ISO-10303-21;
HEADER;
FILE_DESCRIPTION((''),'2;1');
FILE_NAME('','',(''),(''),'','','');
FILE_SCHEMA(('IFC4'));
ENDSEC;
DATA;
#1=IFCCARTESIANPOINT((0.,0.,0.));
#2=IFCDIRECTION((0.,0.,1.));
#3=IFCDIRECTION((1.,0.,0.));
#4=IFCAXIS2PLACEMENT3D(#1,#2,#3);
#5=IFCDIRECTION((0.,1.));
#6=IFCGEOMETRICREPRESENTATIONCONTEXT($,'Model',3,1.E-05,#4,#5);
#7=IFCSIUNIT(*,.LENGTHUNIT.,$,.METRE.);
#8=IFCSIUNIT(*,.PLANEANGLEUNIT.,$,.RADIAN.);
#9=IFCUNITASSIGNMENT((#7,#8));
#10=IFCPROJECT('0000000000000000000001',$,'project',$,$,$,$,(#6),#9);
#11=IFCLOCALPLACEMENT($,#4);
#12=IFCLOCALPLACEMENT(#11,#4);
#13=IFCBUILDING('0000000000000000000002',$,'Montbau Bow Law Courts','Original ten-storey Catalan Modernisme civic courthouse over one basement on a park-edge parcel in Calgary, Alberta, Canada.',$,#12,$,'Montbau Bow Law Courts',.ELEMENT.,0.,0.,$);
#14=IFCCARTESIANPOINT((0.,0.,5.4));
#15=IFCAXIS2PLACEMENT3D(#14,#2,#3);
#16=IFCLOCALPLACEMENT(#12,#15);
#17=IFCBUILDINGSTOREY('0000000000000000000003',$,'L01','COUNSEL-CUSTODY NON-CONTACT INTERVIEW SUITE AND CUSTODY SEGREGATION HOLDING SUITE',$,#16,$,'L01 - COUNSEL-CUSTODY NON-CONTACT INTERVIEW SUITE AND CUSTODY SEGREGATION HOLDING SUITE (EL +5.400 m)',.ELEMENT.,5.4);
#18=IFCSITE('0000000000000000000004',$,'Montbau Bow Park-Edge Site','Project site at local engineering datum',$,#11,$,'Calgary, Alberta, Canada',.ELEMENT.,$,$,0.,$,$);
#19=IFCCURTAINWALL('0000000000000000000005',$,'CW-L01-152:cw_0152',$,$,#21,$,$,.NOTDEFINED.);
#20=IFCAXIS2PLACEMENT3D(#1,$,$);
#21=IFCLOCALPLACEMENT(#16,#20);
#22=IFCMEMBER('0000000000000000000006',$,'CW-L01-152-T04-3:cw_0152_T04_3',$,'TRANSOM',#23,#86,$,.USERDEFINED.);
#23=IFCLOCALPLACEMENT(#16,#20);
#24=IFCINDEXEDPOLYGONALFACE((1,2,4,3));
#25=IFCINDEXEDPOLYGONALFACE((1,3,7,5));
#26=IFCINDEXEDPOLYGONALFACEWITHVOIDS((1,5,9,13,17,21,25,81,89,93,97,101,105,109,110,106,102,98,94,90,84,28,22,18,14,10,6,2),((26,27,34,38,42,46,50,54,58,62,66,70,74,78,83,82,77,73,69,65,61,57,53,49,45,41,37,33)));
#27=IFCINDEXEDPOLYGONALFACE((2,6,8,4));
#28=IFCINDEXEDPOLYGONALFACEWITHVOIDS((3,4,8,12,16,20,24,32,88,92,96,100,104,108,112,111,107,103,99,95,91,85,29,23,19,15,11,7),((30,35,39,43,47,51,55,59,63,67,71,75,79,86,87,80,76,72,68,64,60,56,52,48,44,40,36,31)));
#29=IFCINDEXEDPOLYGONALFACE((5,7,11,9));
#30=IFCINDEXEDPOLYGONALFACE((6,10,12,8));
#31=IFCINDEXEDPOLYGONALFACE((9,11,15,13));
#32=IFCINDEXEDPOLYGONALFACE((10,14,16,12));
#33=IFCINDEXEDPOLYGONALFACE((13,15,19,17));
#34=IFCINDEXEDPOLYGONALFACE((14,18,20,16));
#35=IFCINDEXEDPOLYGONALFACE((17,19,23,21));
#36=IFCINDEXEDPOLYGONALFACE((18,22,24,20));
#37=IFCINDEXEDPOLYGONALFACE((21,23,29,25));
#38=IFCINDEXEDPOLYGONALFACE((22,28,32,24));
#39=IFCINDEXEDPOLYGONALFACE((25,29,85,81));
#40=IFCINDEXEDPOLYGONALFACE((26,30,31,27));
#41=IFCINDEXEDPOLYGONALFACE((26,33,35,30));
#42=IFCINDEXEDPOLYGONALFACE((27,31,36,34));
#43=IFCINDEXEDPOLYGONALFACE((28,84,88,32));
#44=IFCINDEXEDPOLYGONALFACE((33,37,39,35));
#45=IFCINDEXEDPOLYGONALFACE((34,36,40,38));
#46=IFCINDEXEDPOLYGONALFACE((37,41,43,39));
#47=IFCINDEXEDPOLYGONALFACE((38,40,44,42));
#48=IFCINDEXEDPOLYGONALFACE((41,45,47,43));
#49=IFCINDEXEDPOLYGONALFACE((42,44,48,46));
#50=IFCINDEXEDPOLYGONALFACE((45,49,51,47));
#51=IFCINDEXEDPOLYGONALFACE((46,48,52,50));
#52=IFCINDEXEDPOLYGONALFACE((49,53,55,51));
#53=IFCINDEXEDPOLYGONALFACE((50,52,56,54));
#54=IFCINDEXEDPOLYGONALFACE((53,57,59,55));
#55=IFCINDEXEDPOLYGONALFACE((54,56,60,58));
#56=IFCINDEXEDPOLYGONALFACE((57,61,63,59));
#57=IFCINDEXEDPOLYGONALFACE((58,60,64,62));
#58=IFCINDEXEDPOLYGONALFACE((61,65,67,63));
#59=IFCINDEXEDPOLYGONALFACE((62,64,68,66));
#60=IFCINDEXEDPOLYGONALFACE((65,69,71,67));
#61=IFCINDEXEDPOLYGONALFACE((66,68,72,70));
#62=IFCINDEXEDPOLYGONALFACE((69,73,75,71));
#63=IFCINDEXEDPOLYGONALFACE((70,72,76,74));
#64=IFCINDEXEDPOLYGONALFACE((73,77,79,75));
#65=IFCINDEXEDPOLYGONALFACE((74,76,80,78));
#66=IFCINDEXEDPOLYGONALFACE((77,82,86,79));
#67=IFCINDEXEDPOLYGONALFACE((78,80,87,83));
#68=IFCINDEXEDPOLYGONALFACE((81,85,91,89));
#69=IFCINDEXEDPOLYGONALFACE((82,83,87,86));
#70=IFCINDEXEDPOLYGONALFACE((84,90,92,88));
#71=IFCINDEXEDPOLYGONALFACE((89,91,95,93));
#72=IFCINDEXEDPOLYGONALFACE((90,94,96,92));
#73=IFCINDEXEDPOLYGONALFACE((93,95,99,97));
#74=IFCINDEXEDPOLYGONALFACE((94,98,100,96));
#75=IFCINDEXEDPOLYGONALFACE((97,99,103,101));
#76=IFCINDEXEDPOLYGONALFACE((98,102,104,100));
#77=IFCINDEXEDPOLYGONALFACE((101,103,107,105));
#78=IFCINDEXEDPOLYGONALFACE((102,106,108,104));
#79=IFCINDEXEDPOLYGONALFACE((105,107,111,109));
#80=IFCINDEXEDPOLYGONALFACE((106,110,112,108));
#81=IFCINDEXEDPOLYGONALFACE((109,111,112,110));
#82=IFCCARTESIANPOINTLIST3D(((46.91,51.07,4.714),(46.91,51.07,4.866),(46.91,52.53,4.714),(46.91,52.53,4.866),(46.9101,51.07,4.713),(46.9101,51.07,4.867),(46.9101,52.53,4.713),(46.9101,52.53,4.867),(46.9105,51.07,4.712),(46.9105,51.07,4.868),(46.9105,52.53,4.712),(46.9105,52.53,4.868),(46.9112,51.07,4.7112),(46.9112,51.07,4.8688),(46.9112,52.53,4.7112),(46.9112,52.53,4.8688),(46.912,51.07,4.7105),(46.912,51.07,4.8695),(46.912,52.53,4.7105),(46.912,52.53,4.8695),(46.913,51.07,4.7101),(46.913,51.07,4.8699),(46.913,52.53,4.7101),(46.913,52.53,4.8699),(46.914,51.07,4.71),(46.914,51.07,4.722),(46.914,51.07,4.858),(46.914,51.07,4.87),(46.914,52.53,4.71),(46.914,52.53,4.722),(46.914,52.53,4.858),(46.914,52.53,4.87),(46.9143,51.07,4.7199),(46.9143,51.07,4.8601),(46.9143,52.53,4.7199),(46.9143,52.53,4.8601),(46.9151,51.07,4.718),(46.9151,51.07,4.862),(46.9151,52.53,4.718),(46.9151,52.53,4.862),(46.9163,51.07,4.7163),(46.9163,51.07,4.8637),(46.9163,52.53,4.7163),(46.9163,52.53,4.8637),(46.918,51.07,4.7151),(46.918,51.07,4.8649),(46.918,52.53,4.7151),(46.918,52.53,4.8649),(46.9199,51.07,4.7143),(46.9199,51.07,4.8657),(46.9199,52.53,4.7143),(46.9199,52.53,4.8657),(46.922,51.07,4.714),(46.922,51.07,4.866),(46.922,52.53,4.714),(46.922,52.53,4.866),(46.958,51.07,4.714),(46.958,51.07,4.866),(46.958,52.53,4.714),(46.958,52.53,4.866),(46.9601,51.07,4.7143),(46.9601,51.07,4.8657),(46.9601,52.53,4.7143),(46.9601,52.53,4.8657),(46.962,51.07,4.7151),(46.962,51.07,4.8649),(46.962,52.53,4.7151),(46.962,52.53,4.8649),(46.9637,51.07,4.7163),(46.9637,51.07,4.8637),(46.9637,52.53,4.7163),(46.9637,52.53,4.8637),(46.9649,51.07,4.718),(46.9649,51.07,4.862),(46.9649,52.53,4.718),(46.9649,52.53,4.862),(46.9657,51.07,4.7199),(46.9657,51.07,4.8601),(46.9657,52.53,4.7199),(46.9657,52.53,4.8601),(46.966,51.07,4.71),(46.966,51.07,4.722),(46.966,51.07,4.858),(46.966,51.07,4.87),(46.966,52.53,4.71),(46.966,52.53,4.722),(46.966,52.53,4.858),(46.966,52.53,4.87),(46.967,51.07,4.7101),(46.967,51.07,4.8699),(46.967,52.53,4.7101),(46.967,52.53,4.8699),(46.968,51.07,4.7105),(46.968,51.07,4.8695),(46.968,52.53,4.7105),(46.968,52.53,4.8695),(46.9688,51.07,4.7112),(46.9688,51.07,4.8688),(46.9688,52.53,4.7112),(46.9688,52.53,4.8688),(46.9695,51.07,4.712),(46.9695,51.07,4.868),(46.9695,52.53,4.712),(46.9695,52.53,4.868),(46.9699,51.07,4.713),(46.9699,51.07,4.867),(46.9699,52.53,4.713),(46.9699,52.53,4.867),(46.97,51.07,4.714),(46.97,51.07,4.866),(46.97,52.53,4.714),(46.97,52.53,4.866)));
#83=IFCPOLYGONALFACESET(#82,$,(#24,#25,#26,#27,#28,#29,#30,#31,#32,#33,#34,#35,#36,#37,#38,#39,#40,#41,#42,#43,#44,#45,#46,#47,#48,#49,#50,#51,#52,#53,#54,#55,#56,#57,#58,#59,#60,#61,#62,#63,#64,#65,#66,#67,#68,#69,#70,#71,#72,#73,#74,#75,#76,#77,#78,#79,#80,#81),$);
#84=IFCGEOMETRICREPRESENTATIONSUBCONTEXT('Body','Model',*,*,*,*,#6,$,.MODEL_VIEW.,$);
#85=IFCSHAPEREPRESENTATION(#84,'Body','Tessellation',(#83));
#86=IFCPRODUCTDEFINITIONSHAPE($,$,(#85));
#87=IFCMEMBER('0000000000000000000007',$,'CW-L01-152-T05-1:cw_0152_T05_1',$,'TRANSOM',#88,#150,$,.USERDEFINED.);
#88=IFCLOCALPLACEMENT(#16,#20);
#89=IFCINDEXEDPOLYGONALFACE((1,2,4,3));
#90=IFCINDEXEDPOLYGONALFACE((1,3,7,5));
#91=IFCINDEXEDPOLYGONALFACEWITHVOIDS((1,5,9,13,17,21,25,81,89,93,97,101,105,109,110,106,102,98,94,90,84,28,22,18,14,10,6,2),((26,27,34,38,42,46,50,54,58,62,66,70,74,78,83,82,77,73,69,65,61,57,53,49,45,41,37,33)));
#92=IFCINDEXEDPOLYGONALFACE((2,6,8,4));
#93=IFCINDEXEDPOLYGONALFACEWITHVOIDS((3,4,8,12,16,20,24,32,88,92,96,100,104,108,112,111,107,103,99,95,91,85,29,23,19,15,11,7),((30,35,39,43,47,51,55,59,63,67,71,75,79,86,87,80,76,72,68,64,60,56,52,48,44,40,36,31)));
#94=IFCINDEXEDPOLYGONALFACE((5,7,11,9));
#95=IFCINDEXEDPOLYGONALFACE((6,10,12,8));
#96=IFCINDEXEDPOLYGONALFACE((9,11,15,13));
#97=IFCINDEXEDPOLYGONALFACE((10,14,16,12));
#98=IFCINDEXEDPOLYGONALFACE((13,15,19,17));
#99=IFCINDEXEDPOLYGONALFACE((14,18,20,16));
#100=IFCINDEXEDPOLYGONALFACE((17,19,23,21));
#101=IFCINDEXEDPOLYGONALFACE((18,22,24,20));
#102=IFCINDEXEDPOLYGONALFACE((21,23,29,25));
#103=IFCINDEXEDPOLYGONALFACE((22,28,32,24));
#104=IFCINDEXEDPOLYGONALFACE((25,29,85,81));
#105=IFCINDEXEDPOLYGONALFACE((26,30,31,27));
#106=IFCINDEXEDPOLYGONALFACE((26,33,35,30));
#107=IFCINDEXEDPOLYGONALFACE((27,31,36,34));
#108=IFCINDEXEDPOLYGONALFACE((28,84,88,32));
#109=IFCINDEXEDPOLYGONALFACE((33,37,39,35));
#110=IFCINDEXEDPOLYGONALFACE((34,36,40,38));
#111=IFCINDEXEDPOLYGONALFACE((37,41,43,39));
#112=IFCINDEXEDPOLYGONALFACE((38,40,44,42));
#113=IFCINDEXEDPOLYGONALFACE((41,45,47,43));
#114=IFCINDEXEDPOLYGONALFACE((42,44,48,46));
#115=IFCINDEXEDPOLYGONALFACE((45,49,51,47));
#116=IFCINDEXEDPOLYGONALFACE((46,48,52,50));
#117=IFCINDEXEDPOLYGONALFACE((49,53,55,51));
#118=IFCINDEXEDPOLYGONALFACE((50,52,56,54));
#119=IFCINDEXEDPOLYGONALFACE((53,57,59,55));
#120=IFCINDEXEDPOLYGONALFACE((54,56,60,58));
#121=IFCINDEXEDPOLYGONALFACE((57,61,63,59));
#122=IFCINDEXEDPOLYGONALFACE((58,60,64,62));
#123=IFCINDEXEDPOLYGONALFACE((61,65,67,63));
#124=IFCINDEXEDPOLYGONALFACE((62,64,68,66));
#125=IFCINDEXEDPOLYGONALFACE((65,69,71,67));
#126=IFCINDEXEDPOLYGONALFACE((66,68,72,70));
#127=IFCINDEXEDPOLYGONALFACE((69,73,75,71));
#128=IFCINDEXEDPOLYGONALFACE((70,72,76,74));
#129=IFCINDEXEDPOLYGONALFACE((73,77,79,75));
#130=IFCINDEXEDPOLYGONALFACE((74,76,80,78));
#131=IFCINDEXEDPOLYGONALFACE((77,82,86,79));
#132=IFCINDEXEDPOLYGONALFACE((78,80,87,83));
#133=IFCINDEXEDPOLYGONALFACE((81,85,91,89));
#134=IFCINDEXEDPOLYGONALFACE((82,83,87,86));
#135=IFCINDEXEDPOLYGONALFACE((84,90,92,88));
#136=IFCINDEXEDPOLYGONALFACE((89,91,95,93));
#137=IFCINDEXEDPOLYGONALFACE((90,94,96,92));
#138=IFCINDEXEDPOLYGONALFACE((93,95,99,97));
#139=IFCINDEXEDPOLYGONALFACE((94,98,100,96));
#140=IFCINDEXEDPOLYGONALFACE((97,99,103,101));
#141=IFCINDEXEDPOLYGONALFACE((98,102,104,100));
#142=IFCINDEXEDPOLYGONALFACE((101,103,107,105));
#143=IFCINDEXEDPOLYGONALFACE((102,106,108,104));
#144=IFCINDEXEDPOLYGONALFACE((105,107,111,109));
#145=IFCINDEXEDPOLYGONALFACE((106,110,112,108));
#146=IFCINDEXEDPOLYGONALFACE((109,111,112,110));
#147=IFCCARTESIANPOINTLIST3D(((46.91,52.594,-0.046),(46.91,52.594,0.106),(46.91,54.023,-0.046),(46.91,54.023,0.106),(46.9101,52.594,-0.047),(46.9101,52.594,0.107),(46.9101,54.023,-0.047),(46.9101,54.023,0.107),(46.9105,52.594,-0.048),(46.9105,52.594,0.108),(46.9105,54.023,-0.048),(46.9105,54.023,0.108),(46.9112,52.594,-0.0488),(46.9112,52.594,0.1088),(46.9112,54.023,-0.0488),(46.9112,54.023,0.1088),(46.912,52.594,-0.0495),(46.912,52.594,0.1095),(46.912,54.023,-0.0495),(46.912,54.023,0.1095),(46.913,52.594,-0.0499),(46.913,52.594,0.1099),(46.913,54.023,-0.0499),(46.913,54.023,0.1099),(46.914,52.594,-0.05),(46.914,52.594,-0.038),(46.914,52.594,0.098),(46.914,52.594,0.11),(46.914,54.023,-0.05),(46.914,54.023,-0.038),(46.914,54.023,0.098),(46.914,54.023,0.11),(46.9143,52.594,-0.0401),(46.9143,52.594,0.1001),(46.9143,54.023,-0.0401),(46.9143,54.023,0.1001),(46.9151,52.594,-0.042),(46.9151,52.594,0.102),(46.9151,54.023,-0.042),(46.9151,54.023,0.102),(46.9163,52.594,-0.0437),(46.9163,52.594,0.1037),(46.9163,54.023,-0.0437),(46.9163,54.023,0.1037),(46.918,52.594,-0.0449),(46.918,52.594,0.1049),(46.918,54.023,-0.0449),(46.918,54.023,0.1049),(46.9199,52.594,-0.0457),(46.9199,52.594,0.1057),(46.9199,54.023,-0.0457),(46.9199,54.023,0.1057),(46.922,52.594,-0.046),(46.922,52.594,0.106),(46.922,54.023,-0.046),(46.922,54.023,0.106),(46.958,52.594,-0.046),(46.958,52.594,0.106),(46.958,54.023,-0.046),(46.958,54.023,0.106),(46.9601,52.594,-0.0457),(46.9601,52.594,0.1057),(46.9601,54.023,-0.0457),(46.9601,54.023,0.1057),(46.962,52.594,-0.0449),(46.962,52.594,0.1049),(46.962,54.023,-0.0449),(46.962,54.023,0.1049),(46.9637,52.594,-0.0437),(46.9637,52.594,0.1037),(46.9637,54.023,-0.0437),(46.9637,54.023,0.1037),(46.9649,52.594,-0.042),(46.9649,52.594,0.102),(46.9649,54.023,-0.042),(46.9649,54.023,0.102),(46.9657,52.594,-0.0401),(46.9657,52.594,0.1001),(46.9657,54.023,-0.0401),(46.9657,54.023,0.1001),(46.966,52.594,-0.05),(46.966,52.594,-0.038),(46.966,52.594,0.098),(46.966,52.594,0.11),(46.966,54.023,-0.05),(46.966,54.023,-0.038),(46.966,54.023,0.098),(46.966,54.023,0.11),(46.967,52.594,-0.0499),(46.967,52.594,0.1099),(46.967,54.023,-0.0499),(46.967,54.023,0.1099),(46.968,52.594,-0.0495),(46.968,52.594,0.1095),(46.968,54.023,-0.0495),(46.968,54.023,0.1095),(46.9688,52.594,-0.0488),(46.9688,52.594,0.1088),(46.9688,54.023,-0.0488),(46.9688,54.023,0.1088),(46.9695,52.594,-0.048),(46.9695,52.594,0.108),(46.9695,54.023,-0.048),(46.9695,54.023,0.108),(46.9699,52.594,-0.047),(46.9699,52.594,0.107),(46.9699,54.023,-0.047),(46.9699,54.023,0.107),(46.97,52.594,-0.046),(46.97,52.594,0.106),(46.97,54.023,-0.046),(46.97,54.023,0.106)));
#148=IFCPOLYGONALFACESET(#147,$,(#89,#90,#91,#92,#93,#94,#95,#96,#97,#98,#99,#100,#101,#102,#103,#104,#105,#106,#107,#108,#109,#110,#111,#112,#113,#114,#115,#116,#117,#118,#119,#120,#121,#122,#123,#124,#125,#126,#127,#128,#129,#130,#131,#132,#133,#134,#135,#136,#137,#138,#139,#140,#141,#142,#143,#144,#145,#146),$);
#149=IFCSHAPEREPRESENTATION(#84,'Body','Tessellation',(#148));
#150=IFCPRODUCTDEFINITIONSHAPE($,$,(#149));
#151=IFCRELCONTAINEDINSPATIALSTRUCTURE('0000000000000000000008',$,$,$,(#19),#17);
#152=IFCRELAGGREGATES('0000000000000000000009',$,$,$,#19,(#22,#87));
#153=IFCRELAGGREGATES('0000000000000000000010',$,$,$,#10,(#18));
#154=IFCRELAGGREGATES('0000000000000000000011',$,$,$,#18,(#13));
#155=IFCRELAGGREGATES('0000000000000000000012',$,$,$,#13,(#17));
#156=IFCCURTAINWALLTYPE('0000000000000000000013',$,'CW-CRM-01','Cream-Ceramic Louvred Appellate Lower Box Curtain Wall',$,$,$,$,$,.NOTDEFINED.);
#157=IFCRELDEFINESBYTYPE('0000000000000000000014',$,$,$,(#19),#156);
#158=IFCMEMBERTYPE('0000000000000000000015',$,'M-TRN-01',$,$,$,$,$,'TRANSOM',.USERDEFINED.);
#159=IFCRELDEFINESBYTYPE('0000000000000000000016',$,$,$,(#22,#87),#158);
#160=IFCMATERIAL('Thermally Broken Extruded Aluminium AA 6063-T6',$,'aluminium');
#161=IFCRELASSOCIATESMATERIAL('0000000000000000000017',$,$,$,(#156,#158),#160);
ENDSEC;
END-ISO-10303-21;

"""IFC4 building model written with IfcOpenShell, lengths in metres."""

from ifc_helpers import new_model, si_unit, direction, frame, origin_with_axes, origin_2d_with_axis, place, context, subcontext, project, spatial, hollow_rectangle, extrude, material, material_profile, profile_set, type_object, element, aggregate, save


model = new_model("IFC4")

# Units and contexts
model_context = context("Model", 3, precision=1e-05, world=origin_with_axes(), true_north=direction((0.0, 1.0)))
body_context = subcontext(model_context, "Body", "Model", "MODEL_VIEW")
ifc_project = project(units=[si_unit("LENGTHUNIT", "METRE"), si_unit("PLANEANGLEUNIT", "RADIAN")], contexts=[model_context])

# Site, building, storey
site_placement = place(None, origin_with_axes())
site = spatial("IfcSite", under=ifc_project, at=site_placement, Name="Montbau Bow Park-Edge Site", Description="Project site at local engineering datum", LongName="Calgary, Alberta, Canada", CompositionType="ELEMENT", RefElevation=0.0)
building_placement = place(site_placement, origin_with_axes())
building = spatial("IfcBuilding", under=site, at=building_placement, Name="Montbau Bow Law Courts", Description="Original ten-storey Catalan Modernisme civic courthouse over one basement on a park-edge parcel in Calgary, Alberta, Canada.", LongName="Montbau Bow Law Courts", CompositionType="ELEMENT", ElevationOfRefHeight=0.0, ElevationOfTerrain=0.0)
storey_placement = place(building_placement, frame((0.0, 0.0, 5.4), z_axis=(0.0, 0.0, 1.0), x_axis=(1.0, 0.0, 0.0)))
storey = spatial("IfcBuildingStorey", under=building, at=storey_placement, Name="L01", Description="COUNSEL-CUSTODY NON-CONTACT INTERVIEW SUITE AND CUSTODY SEGREGATION HOLDING SUITE", LongName="L01 - COUNSEL-CUSTODY NON-CONTACT INTERVIEW SUITE AND CUSTODY SEGREGATION HOLDING SUITE (EL +5.400 m)", CompositionType="ELEMENT", Elevation=5.4)

# Curtain wall, members
ifc_material_1 = material(Name="Thermally Broken Extruded Aluminium AA 6063-T6", Category="aluminium")
curtain_wall_type_1 = type_object("IfcCurtainWallType", Name="CW-CRM-01", Description="Cream-Ceramic Louvred Appellate Lower Box Curtain Wall", PredefinedType="NOTDEFINED", material=ifc_material_1)
curtain_wall_1_placement = place(None, frame((46.94, 46.468, 5.4), z_axis=(0.0, 0.0, 1.0), x_axis=(1.0, 0.0, 0.0)))
curtain_wall_1 = element("IfcCurtainWall", 1, at=curtain_wall_1_placement, inside=storey, type_object=curtain_wall_type_1, Name="CW-L01-152:cw_0152", PredefinedType="NOTDEFINED")
ifc_material_profile_1 = material_profile(ifc_material_1, hollow_rectangle(XDim=0.06, YDim=0.16, WallThickness=0.004, InnerFilletRadius=0.008, OuterFilletRadius=0.004, at=origin_2d_with_axis()), Name="CWT-160X60", Category="Main", Priority=0)
ifc_profile_set_1 = profile_set([ifc_material_profile_1], Name="Thermally Broken Extruded Aluminium AA 6063-T6")
member_type_1 = type_object("IfcMemberType", Name="M-TRN-01", ElementType="TRANSOM", PredefinedType="USERDEFINED", material=ifc_profile_set_1)
member_1_placement = place(None, frame((46.94, 51.07, 10.19), z_axis=(0.0, 1.0, 0.0), x_axis=(-1.0, 0.0, 0.0)))
member_1 = element("IfcMember", 2, at=member_1_placement, type_object=member_type_1, Name="CW-L01-152-T04-3:cw_0152_T04_3", ObjectType="TRANSOM", PredefinedType="USERDEFINED", context=body_context, shape_type="SweptSolid", body=[
    extrude(hollow_rectangle(XDim=0.06, YDim=0.16, WallThickness=0.004, InnerFilletRadius=0.008, OuterFilletRadius=0.004, at=origin_2d_with_axis()), origin_with_axes(), (0.0, 0.0, 1.0), 1.46),
])
member_2_placement = place(None, frame((46.94, 52.594, 5.43), z_axis=(0.0, 1.0, 0.0), x_axis=(-1.0, 0.0, 0.0)))
member_2 = element("IfcMember", 3, at=member_2_placement, type_object=member_type_1, Name="CW-L01-152-T05-1:cw_0152_T05_1", ObjectType="TRANSOM", PredefinedType="USERDEFINED", context=body_context, shape_type="SweptSolid", body=[
    extrude(hollow_rectangle(XDim=0.06, YDim=0.16, WallThickness=0.004, InnerFilletRadius=0.008, OuterFilletRadius=0.004, at=origin_2d_with_axis()), origin_with_axes(), (0.0, 0.0, 1.0), 1.429),
])

aggregate(curtain_wall_1, [member_1, member_2])

save(model, "model.ifc")
